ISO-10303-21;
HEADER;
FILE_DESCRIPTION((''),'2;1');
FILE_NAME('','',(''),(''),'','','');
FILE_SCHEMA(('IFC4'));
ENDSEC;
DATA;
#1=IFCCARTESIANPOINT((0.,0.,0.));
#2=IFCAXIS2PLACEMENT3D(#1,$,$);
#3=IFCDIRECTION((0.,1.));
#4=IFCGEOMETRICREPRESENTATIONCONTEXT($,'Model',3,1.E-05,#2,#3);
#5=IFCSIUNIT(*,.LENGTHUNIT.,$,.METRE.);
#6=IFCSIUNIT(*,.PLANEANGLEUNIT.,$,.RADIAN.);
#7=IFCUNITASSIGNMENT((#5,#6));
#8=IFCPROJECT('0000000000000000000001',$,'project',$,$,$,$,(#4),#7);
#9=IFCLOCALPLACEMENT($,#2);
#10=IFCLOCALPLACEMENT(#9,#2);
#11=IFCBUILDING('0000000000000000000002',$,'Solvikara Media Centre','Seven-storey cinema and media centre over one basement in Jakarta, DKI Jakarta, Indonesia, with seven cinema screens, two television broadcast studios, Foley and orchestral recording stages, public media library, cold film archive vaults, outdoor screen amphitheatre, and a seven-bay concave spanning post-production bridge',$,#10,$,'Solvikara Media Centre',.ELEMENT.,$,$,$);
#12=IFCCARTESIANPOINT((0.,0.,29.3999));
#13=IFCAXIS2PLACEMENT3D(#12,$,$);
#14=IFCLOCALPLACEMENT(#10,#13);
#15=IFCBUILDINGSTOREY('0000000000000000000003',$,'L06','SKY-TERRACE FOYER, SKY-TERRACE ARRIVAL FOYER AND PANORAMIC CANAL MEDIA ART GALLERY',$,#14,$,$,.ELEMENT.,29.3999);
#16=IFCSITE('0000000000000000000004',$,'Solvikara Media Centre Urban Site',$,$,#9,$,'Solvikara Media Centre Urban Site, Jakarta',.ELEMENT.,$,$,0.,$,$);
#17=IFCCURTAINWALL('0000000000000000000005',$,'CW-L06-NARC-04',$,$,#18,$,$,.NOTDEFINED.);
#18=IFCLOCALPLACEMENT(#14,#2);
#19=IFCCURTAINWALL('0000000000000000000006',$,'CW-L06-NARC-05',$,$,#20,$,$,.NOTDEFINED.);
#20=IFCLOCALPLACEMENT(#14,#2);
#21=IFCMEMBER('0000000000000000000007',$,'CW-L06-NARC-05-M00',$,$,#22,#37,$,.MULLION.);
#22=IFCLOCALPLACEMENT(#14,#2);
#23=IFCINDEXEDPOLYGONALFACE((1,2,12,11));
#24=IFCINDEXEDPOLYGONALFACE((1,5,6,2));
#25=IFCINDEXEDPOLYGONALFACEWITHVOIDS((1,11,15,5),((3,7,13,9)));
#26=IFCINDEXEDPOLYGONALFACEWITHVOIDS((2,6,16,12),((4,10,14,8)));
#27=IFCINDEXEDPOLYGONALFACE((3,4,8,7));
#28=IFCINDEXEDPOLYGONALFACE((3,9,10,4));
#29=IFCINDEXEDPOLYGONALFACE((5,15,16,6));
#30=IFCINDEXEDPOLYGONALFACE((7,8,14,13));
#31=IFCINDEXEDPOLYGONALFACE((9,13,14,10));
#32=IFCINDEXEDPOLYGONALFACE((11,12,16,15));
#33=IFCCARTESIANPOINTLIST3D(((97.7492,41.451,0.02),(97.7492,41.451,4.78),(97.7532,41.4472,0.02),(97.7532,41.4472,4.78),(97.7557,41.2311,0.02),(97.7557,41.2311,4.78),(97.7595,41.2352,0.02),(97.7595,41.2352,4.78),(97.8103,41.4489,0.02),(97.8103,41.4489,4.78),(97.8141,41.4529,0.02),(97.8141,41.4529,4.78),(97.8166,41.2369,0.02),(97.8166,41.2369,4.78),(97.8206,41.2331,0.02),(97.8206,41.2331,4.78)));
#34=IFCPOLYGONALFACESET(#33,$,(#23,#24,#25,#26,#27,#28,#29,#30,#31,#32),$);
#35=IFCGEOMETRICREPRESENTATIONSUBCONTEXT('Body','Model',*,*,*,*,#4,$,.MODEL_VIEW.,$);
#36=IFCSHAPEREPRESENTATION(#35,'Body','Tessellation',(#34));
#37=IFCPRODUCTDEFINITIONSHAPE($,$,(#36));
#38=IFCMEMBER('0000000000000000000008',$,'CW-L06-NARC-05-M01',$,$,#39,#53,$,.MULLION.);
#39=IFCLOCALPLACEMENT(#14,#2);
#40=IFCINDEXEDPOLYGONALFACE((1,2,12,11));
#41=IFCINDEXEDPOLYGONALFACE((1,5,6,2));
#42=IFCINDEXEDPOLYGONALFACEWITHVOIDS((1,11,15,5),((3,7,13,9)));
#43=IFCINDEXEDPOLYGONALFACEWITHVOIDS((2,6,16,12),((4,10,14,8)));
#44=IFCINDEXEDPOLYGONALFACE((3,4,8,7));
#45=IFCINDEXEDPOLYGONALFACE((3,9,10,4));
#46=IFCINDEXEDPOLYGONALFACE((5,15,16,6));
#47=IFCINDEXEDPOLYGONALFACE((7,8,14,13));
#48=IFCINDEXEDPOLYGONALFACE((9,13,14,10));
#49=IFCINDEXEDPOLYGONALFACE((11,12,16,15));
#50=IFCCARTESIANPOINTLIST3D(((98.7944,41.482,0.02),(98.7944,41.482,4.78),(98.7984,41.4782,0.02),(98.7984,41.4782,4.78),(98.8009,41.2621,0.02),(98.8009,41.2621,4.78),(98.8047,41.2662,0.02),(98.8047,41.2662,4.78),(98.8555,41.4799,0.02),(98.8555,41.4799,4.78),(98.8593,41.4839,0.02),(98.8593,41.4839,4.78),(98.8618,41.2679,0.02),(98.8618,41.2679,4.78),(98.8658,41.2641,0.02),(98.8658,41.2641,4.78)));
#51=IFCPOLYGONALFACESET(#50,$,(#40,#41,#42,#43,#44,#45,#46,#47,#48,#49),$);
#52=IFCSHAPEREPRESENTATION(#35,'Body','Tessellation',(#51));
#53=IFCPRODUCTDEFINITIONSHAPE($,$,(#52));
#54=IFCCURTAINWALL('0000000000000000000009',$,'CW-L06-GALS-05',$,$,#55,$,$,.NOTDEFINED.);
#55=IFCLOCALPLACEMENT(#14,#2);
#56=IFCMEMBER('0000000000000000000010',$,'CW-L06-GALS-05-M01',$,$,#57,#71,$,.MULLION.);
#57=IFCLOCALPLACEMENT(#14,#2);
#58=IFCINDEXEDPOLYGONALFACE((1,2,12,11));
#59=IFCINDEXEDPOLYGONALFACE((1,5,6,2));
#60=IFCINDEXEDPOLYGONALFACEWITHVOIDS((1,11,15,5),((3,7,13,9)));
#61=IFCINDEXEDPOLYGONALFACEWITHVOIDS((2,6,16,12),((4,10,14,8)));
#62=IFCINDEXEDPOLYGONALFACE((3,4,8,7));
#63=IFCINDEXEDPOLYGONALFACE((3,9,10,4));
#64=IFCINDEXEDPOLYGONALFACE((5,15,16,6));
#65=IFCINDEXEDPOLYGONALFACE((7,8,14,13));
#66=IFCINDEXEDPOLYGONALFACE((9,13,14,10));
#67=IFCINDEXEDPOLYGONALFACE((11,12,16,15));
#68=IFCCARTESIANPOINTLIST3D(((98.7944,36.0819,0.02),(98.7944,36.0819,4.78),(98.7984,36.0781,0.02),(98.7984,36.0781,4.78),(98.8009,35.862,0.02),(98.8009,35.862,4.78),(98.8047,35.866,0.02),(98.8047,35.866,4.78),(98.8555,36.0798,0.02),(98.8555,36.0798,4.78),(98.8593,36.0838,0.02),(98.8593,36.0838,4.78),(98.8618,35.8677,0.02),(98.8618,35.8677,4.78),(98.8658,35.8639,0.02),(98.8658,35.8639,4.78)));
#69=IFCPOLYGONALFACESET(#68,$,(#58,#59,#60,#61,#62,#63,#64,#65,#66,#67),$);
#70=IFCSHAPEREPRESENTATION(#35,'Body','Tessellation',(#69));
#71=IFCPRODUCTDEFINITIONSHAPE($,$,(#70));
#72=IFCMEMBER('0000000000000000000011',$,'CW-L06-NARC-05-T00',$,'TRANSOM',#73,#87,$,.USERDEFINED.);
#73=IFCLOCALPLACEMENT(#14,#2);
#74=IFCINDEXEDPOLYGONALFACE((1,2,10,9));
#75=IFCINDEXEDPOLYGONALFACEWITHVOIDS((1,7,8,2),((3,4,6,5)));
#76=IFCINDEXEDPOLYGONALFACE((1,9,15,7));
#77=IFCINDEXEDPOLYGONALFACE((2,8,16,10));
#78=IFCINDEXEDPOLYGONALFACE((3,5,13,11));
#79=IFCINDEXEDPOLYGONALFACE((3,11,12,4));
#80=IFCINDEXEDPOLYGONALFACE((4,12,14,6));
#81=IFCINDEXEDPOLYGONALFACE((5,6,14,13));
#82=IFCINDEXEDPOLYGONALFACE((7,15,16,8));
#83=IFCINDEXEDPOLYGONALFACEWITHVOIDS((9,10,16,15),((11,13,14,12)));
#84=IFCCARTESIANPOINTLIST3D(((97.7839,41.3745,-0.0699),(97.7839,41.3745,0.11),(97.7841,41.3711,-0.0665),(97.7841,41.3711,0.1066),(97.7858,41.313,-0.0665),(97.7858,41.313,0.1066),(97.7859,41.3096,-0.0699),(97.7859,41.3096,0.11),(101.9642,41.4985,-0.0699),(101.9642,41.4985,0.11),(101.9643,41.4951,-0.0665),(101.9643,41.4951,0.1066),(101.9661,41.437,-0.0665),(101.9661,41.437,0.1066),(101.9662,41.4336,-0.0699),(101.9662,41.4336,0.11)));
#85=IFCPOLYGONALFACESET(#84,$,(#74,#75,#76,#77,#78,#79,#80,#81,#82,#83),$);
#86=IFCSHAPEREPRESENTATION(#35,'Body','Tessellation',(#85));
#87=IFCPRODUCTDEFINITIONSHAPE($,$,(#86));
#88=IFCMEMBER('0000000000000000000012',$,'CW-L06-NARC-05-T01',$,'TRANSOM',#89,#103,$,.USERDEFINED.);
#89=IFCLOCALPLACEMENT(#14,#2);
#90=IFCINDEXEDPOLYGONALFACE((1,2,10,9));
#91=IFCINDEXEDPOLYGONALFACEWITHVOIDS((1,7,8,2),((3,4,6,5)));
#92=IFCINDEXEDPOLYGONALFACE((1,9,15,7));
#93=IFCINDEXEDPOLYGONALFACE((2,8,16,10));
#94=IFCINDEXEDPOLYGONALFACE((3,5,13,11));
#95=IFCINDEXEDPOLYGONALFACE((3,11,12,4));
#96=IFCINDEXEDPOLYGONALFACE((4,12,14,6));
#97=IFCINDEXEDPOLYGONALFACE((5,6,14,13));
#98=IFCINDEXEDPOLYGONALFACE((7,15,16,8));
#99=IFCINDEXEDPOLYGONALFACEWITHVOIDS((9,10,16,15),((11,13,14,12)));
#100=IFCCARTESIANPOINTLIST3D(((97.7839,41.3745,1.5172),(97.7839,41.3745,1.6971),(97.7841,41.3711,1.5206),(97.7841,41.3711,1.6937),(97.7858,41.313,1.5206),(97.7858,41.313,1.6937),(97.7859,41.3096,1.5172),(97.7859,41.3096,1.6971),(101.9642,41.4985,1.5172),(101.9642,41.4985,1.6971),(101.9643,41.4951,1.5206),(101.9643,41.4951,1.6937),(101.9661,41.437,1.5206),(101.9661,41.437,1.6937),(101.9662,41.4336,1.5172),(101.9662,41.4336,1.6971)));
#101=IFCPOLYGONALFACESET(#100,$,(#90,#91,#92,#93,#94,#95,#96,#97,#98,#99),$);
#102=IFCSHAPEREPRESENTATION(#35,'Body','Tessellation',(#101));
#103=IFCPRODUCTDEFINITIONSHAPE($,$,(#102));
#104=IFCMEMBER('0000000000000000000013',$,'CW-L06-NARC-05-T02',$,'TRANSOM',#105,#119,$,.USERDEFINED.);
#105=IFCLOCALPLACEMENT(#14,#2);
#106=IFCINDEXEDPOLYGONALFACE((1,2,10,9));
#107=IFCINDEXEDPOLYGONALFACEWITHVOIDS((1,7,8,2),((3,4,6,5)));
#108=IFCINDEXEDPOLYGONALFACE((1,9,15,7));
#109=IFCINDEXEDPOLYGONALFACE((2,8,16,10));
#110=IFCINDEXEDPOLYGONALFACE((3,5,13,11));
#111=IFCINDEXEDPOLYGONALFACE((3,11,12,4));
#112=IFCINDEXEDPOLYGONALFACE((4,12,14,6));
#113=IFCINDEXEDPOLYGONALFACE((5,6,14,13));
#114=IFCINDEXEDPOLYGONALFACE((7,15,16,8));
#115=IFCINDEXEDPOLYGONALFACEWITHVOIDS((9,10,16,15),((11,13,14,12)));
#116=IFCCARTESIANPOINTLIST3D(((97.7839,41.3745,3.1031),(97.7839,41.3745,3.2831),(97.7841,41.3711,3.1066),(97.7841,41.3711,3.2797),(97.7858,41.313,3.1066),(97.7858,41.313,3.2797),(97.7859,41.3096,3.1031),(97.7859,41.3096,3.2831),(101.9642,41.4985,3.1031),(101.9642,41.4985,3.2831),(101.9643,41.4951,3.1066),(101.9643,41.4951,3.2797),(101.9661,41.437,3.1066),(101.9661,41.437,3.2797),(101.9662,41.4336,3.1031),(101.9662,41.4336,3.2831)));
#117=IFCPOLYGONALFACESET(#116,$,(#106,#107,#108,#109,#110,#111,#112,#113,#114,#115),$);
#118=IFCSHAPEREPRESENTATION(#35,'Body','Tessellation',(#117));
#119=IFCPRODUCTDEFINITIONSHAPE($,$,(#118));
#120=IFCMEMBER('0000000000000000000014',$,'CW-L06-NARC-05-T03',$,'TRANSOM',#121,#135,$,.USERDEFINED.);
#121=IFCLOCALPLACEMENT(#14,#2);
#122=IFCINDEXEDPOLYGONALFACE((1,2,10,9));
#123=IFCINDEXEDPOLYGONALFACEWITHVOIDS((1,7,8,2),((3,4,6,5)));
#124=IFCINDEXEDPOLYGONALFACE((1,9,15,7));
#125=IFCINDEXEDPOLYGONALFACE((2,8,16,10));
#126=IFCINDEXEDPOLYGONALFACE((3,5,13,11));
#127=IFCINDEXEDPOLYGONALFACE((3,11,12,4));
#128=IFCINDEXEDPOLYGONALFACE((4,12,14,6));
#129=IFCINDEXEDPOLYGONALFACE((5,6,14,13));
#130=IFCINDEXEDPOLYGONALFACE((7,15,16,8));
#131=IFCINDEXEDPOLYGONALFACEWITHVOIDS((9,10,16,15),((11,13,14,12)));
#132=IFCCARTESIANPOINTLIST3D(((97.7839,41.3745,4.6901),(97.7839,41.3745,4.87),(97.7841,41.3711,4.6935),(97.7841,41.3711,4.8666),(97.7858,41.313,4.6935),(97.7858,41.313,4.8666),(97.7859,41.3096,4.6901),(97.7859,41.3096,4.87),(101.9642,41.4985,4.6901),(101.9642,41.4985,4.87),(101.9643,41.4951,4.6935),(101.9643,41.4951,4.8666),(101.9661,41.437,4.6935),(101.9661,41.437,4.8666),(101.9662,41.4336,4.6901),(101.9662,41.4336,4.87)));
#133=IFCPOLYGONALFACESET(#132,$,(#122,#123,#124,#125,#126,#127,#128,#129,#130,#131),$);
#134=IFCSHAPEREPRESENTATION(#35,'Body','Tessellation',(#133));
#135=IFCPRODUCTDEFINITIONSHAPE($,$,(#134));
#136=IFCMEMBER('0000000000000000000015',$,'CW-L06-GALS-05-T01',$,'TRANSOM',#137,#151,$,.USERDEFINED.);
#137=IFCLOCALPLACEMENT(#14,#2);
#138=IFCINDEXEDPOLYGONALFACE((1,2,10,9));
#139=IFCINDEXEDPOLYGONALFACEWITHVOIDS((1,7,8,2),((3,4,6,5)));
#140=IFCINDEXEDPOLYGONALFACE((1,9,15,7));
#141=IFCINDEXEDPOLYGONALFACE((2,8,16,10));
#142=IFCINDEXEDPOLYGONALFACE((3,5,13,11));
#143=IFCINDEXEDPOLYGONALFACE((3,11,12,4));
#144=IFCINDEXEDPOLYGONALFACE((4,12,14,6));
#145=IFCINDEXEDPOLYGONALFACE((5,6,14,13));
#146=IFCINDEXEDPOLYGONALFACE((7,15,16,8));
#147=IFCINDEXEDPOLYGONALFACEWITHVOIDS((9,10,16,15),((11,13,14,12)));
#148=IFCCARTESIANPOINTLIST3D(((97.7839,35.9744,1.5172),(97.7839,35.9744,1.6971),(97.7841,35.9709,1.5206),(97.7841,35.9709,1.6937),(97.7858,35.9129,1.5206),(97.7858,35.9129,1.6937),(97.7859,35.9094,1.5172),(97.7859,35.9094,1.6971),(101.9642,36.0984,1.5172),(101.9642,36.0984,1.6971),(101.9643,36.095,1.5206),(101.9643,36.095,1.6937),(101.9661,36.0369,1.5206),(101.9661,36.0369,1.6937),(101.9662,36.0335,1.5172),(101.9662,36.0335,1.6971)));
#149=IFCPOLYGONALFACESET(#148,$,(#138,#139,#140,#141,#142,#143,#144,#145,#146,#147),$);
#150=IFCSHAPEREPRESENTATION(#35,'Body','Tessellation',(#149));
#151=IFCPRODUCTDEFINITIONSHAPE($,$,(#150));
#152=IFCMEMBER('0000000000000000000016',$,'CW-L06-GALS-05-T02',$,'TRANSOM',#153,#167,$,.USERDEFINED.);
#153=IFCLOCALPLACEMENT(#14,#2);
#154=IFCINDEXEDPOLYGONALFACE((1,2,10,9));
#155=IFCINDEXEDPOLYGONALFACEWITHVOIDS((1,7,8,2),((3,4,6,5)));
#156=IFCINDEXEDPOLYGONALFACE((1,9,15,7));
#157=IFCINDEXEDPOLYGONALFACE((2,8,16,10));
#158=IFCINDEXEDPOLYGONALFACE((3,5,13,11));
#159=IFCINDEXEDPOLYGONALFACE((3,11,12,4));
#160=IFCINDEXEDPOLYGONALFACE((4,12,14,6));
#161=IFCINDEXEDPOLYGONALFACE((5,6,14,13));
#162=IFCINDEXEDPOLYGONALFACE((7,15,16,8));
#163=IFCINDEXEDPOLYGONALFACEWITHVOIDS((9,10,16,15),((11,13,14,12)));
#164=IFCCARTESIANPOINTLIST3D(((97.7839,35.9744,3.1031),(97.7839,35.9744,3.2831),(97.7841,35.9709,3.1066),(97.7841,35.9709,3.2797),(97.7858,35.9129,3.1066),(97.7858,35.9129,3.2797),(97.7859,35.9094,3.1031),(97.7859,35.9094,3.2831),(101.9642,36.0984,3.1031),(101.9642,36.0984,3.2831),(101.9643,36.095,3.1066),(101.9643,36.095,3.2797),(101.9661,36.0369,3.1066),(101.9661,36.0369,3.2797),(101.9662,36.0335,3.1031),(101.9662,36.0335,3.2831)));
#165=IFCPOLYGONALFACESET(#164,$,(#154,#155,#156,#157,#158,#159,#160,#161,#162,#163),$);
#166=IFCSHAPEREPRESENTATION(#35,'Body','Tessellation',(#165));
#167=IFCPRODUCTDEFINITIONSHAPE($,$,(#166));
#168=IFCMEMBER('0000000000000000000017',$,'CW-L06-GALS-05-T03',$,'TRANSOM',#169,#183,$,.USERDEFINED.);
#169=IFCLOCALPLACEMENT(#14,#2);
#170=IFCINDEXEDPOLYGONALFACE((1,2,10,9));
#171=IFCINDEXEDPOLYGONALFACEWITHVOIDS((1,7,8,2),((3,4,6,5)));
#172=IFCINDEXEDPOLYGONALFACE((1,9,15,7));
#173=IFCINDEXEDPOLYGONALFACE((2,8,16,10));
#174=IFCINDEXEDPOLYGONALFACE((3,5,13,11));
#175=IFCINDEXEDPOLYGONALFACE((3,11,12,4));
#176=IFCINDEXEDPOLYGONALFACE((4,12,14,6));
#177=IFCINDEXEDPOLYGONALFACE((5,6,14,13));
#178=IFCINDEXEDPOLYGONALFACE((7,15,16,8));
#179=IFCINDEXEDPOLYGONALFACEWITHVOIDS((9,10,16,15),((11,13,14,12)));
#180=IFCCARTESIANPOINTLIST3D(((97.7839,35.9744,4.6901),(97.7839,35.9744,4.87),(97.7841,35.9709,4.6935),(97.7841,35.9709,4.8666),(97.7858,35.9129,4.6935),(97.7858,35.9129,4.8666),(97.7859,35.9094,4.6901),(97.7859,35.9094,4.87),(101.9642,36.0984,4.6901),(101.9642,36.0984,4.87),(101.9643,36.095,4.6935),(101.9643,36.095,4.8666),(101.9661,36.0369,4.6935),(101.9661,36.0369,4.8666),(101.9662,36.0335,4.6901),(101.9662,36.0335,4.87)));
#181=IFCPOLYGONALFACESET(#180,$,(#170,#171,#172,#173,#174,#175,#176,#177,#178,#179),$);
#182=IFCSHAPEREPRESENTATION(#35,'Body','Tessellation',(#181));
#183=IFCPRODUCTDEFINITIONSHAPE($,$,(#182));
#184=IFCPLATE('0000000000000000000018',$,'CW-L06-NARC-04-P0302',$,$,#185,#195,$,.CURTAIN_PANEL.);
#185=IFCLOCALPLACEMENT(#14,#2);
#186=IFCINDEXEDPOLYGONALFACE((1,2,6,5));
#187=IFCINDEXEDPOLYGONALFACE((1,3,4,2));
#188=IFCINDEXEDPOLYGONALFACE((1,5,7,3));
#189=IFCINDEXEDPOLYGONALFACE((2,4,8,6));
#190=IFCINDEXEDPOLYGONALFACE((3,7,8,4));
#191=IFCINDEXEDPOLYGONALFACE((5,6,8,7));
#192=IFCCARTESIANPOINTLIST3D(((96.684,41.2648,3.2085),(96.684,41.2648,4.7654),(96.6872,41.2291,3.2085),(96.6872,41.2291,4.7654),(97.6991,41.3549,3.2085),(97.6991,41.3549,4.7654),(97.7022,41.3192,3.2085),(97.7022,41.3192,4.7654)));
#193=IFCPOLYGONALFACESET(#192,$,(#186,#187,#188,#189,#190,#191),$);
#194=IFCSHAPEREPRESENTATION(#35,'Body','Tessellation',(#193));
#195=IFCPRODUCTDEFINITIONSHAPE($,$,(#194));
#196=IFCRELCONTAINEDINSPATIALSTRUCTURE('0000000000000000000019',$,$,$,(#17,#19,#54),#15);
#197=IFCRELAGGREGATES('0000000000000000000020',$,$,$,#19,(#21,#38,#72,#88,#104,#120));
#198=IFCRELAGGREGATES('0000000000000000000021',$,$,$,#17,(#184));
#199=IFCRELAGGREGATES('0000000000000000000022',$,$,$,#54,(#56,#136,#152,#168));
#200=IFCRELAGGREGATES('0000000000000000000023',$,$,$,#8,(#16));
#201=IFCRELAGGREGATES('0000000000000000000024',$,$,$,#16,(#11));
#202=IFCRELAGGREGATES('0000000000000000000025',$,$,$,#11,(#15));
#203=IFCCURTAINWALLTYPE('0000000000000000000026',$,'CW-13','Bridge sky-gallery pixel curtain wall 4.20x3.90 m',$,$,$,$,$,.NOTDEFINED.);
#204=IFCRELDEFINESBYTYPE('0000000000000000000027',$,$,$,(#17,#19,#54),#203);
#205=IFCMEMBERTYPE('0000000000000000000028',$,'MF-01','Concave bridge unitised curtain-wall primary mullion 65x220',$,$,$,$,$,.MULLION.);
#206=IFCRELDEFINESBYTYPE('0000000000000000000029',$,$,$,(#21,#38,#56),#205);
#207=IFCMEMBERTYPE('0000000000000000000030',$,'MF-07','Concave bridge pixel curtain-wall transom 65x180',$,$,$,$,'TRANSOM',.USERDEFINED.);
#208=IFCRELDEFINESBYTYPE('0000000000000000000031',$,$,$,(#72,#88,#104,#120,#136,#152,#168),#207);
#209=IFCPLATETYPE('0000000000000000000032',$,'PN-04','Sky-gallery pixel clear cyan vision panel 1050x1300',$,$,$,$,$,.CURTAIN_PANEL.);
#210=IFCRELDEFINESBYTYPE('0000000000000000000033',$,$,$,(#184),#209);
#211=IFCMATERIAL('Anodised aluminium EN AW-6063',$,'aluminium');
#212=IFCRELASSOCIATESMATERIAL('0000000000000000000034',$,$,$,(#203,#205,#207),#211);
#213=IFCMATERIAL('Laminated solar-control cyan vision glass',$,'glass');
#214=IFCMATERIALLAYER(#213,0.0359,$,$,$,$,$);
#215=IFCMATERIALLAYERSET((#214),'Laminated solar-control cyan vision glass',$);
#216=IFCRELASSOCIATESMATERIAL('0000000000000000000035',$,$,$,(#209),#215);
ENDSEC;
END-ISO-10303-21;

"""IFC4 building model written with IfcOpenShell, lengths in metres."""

from ifc_helpers import new_model, si_unit, direction, frame, origin, origin_2d, place, context, subcontext, project, spatial, rectangle, hollow_rectangle, extrude, material, layer, layer_set, material_profile, profile_set, type_object, element, aggregate, save


model = new_model("IFC4")

# Units and contexts
model_context = context("Model", 3, precision=1e-05, world=origin(), true_north=direction((0.0, 1.0)))
body_context = subcontext(model_context, "Body", "Model", "MODEL_VIEW")
ifc_project = project(units=[si_unit("LENGTHUNIT", "METRE"), si_unit("PLANEANGLEUNIT", "RADIAN")], contexts=[model_context])

# Site, building, storey
site_placement = place(None, origin())
site = spatial("IfcSite", under=ifc_project, at=site_placement, Name="Solvikara Media Centre Urban Site", LongName="Solvikara Media Centre Urban Site, Jakarta", CompositionType="ELEMENT", RefElevation=0.0)
building_placement = place(site_placement, origin())
building = spatial("IfcBuilding", under=site, at=building_placement, Name="Solvikara Media Centre", Description="Seven-storey cinema and media centre over one basement in Jakarta, DKI Jakarta, Indonesia, with seven cinema screens, two television broadcast studios, Foley and orchestral recording stages, public media library, cold film archive vaults, outdoor screen amphitheatre, and a seven-bay concave spanning post-production bridge", LongName="Solvikara Media Centre", CompositionType="ELEMENT")
storey_placement = place(building_placement, frame((0.0, 0.0, 29.3999)))
storey = spatial("IfcBuildingStorey", under=building, at=storey_placement, Name="L06", Description="SKY-TERRACE FOYER, SKY-TERRACE ARRIVAL FOYER AND PANORAMIC CANAL MEDIA ART GALLERY", CompositionType="ELEMENT", Elevation=29.3999)

# Curtain walls, members
ifc_material_1 = material(Name="Anodised aluminium EN AW-6063", Category="aluminium")
curtain_wall_type = type_object("IfcCurtainWallType", Name="CW-13", Description="Bridge sky-gallery pixel curtain wall 4.20x3.90 m", PredefinedType="NOTDEFINED", material=ifc_material_1)
curtain_wall_1_placement = place(storey_placement, origin())
curtain_wall_1 = element("IfcCurtainWall", 1, at=curtain_wall_1_placement, inside=storey, type_object=curtain_wall_type, Name="CW-L06-NARC-04", PredefinedType="NOTDEFINED")
ifc_material_profile_1 = material_profile(ifc_material_1, hollow_rectangle(XDim=0.0649, YDim=0.22, WallThickness=0.0039, at=origin_2d()), Name="ALU-M 65x220x4")
ifc_profile_set_1 = profile_set([ifc_material_profile_1], Name="Anodised aluminium EN AW-6063")
member_type_1 = type_object("IfcMemberType", Name="MF-01", Description="Concave bridge unitised curtain-wall primary mullion 65x220", PredefinedType="MULLION", material=ifc_profile_set_1)
curtain_wall_2_placement = place(storey_placement, origin())
curtain_wall_2 = element("IfcCurtainWall", 2, at=curtain_wall_2_placement, inside=storey, type_object=curtain_wall_type, Name="CW-L06-NARC-05", PredefinedType="NOTDEFINED")
member_1_placement = place(storey_placement, frame((97.7849, 41.342, 0.02), z_axis=(0.0, 0.0, 1.0), x_axis=(0.99956, 0.029649, 0.0)))
member_1 = element("IfcMember", 3, at=member_1_placement, type_object=member_type_1, Name="CW-L06-NARC-05-M00", PredefinedType="MULLION", context=body_context, shape_type="SweptSolid", body=[
    extrude(hollow_rectangle(XDim=0.0649, YDim=0.22, WallThickness=0.0039, at=origin_2d()), origin(), (0.0, 0.0, 1.0), 4.76),
])
member_2_placement = place(storey_placement, frame((98.8301, 41.373, 0.02), z_axis=(0.0, 0.0, 1.0), x_axis=(0.99956, 0.029649, 0.0)))
member_2 = element("IfcMember", 4, at=member_2_placement, type_object=member_type_1, Name="CW-L06-NARC-05-M01", PredefinedType="MULLION", context=body_context, shape_type="SweptSolid", body=[
    extrude(hollow_rectangle(XDim=0.0649, YDim=0.22, WallThickness=0.0039, at=origin_2d()), origin(), (0.0, 0.0, 1.0), 4.76),
])

# Curtain wall, member
curtain_wall_3_placement = place(storey_placement, origin())
curtain_wall_3 = element("IfcCurtainWall", 5, at=curtain_wall_3_placement, inside=storey, type_object=curtain_wall_type, Name="CW-L06-GALS-05", PredefinedType="NOTDEFINED")
member_3_placement = place(storey_placement, frame((98.8301, 35.9729, 0.02), z_axis=(0.0, 0.0, 1.0), x_axis=(0.99956, 0.029649, 0.0)))
member_3 = element("IfcMember", 6, at=member_3_placement, type_object=member_type_1, Name="CW-L06-GALS-05-M01", PredefinedType="MULLION", context=body_context, shape_type="SweptSolid", body=[
    extrude(hollow_rectangle(XDim=0.0649, YDim=0.22, WallThickness=0.0039, at=origin_2d()), origin(), (0.0, 0.0, 1.0), 4.76),
])

# Members
ifc_material_profile_2 = material_profile(ifc_material_1, hollow_rectangle(XDim=0.0649, YDim=0.1799, WallThickness=0.0034, at=origin_2d()), Name="ALU-T 65x180x3.5")
ifc_profile_set_2 = profile_set([ifc_material_profile_2], Name="Anodised aluminium EN AW-6063")
member_type_2 = type_object("IfcMemberType", Name="MF-07", Description="Concave bridge pixel curtain-wall transom 65x180", ElementType="TRANSOM", PredefinedType="USERDEFINED", material=ifc_profile_set_2)
member_4_placement = place(storey_placement, frame((97.7849, 41.342, 0.02), z_axis=(0.99956, 0.029656, 0.0), x_axis=(-0.029656, 0.99956, 0.0)))
member_4 = element("IfcMember", 7, at=member_4_placement, type_object=member_type_2, Name="CW-L06-NARC-05-T00", ObjectType="TRANSOM", PredefinedType="USERDEFINED", context=body_context, shape_type="SweptSolid", body=[
    extrude(hollow_rectangle(XDim=0.0649, YDim=0.1799, WallThickness=0.0034, at=origin_2d()), origin(), (0.0, 0.0, 1.0), 4.1821),
])
member_5_placement = place(storey_placement, frame((97.7849, 41.342, 1.6072), z_axis=(0.99956, 0.029656, 0.0), x_axis=(-0.029656, 0.99956, 0.0)))
member_5 = element("IfcMember", 8, at=member_5_placement, type_object=member_type_2, Name="CW-L06-NARC-05-T01", ObjectType="TRANSOM", PredefinedType="USERDEFINED", context=body_context, shape_type="SweptSolid", body=[
    extrude(hollow_rectangle(XDim=0.0649, YDim=0.1799, WallThickness=0.0034, at=origin_2d()), origin(), (0.0, 0.0, 1.0), 4.1821),
])
member_6_placement = place(storey_placement, frame((97.7849, 41.342, 3.1931), z_axis=(0.99956, 0.029656, 0.0), x_axis=(-0.029656, 0.99956, 0.0)))
member_6 = element("IfcMember", 9, at=member_6_placement, type_object=member_type_2, Name="CW-L06-NARC-05-T02", ObjectType="TRANSOM", PredefinedType="USERDEFINED", context=body_context, shape_type="SweptSolid", body=[
    extrude(hollow_rectangle(XDim=0.0649, YDim=0.1799, WallThickness=0.0034, at=origin_2d()), origin(), (0.0, 0.0, 1.0), 4.1821),
])
member_7_placement = place(storey_placement, frame((97.7849, 41.342, 4.78), z_axis=(0.99956, 0.029656, 0.0), x_axis=(-0.029656, 0.99956, 0.0)))
member_7 = element("IfcMember", 10, at=member_7_placement, type_object=member_type_2, Name="CW-L06-NARC-05-T03", ObjectType="TRANSOM", PredefinedType="USERDEFINED", context=body_context, shape_type="SweptSolid", body=[
    extrude(hollow_rectangle(XDim=0.0649, YDim=0.1799, WallThickness=0.0034, at=origin_2d()), origin(), (0.0, 0.0, 1.0), 4.1821),
])
member_8_placement = place(storey_placement, frame((97.7849, 35.9419, 1.6072), z_axis=(0.99956, 0.029656, 0.0), x_axis=(-0.029656, 0.99956, 0.0)))
member_8 = element("IfcMember", 11, at=member_8_placement, type_object=member_type_2, Name="CW-L06-GALS-05-T01", ObjectType="TRANSOM", PredefinedType="USERDEFINED", context=body_context, shape_type="SweptSolid", body=[
    extrude(hollow_rectangle(XDim=0.0649, YDim=0.1799, WallThickness=0.0034, at=origin_2d()), origin(), (0.0, 0.0, 1.0), 4.1821),
])
member_9_placement = place(storey_placement, frame((97.7849, 35.9419, 3.1931), z_axis=(0.99956, 0.029656, 0.0), x_axis=(-0.029656, 0.99956, 0.0)))
member_9 = element("IfcMember", 12, at=member_9_placement, type_object=member_type_2, Name="CW-L06-GALS-05-T02", ObjectType="TRANSOM", PredefinedType="USERDEFINED", context=body_context, shape_type="SweptSolid", body=[
    extrude(hollow_rectangle(XDim=0.0649, YDim=0.1799, WallThickness=0.0034, at=origin_2d()), origin(), (0.0, 0.0, 1.0), 4.1821),
])
member_10_placement = place(storey_placement, frame((97.7849, 35.9419, 4.78), z_axis=(0.99956, 0.029656, 0.0), x_axis=(-0.029656, 0.99956, 0.0)))
member_10 = element("IfcMember", 13, at=member_10_placement, type_object=member_type_2, Name="CW-L06-GALS-05-T03", ObjectType="TRANSOM", PredefinedType="USERDEFINED", context=body_context, shape_type="SweptSolid", body=[
    extrude(hollow_rectangle(XDim=0.0649, YDim=0.1799, WallThickness=0.0034, at=origin_2d()), origin(), (0.0, 0.0, 1.0), 4.1821),
])

# Plate
ifc_material_2 = material(Name="Laminated solar-control cyan vision glass", Category="glass")
ifc_layer_1 = layer(ifc_material_2, 0.0359)
ifc_layer_set_1 = layer_set([ifc_layer_1], Name="Laminated solar-control cyan vision glass")
plate_type_1 = type_object("IfcPlateType", Name="PN-04", Description="Sky-gallery pixel clear cyan vision panel 1050x1300", PredefinedType="CURTAIN_PANEL", material=ifc_layer_set_1)
plate_1_placement = place(storey_placement, frame((97.1931, 41.292, 3.2085), z_axis=(0.0, 0.0, 1.0), x_axis=(0.996084, 0.088408, 0.0)))
plate_1 = element("IfcPlate", 14, at=plate_1_placement, type_object=plate_type_1, Name="CW-L06-NARC-04-P0302", PredefinedType="CURTAIN_PANEL", context=body_context, shape_type="SweptSolid", body=[
    extrude(rectangle(XDim=1.019, YDim=0.0359, at=origin_2d()), origin(), (0.0, 0.0, 1.0), 1.5569),
])
aggregate(curtain_wall_2, [member_1, member_2, member_4, member_5, member_6, member_7])
aggregate(curtain_wall_1, [plate_1])
aggregate(curtain_wall_3, [member_3, member_8, member_9, member_10])

save(model, "model.ifc")
